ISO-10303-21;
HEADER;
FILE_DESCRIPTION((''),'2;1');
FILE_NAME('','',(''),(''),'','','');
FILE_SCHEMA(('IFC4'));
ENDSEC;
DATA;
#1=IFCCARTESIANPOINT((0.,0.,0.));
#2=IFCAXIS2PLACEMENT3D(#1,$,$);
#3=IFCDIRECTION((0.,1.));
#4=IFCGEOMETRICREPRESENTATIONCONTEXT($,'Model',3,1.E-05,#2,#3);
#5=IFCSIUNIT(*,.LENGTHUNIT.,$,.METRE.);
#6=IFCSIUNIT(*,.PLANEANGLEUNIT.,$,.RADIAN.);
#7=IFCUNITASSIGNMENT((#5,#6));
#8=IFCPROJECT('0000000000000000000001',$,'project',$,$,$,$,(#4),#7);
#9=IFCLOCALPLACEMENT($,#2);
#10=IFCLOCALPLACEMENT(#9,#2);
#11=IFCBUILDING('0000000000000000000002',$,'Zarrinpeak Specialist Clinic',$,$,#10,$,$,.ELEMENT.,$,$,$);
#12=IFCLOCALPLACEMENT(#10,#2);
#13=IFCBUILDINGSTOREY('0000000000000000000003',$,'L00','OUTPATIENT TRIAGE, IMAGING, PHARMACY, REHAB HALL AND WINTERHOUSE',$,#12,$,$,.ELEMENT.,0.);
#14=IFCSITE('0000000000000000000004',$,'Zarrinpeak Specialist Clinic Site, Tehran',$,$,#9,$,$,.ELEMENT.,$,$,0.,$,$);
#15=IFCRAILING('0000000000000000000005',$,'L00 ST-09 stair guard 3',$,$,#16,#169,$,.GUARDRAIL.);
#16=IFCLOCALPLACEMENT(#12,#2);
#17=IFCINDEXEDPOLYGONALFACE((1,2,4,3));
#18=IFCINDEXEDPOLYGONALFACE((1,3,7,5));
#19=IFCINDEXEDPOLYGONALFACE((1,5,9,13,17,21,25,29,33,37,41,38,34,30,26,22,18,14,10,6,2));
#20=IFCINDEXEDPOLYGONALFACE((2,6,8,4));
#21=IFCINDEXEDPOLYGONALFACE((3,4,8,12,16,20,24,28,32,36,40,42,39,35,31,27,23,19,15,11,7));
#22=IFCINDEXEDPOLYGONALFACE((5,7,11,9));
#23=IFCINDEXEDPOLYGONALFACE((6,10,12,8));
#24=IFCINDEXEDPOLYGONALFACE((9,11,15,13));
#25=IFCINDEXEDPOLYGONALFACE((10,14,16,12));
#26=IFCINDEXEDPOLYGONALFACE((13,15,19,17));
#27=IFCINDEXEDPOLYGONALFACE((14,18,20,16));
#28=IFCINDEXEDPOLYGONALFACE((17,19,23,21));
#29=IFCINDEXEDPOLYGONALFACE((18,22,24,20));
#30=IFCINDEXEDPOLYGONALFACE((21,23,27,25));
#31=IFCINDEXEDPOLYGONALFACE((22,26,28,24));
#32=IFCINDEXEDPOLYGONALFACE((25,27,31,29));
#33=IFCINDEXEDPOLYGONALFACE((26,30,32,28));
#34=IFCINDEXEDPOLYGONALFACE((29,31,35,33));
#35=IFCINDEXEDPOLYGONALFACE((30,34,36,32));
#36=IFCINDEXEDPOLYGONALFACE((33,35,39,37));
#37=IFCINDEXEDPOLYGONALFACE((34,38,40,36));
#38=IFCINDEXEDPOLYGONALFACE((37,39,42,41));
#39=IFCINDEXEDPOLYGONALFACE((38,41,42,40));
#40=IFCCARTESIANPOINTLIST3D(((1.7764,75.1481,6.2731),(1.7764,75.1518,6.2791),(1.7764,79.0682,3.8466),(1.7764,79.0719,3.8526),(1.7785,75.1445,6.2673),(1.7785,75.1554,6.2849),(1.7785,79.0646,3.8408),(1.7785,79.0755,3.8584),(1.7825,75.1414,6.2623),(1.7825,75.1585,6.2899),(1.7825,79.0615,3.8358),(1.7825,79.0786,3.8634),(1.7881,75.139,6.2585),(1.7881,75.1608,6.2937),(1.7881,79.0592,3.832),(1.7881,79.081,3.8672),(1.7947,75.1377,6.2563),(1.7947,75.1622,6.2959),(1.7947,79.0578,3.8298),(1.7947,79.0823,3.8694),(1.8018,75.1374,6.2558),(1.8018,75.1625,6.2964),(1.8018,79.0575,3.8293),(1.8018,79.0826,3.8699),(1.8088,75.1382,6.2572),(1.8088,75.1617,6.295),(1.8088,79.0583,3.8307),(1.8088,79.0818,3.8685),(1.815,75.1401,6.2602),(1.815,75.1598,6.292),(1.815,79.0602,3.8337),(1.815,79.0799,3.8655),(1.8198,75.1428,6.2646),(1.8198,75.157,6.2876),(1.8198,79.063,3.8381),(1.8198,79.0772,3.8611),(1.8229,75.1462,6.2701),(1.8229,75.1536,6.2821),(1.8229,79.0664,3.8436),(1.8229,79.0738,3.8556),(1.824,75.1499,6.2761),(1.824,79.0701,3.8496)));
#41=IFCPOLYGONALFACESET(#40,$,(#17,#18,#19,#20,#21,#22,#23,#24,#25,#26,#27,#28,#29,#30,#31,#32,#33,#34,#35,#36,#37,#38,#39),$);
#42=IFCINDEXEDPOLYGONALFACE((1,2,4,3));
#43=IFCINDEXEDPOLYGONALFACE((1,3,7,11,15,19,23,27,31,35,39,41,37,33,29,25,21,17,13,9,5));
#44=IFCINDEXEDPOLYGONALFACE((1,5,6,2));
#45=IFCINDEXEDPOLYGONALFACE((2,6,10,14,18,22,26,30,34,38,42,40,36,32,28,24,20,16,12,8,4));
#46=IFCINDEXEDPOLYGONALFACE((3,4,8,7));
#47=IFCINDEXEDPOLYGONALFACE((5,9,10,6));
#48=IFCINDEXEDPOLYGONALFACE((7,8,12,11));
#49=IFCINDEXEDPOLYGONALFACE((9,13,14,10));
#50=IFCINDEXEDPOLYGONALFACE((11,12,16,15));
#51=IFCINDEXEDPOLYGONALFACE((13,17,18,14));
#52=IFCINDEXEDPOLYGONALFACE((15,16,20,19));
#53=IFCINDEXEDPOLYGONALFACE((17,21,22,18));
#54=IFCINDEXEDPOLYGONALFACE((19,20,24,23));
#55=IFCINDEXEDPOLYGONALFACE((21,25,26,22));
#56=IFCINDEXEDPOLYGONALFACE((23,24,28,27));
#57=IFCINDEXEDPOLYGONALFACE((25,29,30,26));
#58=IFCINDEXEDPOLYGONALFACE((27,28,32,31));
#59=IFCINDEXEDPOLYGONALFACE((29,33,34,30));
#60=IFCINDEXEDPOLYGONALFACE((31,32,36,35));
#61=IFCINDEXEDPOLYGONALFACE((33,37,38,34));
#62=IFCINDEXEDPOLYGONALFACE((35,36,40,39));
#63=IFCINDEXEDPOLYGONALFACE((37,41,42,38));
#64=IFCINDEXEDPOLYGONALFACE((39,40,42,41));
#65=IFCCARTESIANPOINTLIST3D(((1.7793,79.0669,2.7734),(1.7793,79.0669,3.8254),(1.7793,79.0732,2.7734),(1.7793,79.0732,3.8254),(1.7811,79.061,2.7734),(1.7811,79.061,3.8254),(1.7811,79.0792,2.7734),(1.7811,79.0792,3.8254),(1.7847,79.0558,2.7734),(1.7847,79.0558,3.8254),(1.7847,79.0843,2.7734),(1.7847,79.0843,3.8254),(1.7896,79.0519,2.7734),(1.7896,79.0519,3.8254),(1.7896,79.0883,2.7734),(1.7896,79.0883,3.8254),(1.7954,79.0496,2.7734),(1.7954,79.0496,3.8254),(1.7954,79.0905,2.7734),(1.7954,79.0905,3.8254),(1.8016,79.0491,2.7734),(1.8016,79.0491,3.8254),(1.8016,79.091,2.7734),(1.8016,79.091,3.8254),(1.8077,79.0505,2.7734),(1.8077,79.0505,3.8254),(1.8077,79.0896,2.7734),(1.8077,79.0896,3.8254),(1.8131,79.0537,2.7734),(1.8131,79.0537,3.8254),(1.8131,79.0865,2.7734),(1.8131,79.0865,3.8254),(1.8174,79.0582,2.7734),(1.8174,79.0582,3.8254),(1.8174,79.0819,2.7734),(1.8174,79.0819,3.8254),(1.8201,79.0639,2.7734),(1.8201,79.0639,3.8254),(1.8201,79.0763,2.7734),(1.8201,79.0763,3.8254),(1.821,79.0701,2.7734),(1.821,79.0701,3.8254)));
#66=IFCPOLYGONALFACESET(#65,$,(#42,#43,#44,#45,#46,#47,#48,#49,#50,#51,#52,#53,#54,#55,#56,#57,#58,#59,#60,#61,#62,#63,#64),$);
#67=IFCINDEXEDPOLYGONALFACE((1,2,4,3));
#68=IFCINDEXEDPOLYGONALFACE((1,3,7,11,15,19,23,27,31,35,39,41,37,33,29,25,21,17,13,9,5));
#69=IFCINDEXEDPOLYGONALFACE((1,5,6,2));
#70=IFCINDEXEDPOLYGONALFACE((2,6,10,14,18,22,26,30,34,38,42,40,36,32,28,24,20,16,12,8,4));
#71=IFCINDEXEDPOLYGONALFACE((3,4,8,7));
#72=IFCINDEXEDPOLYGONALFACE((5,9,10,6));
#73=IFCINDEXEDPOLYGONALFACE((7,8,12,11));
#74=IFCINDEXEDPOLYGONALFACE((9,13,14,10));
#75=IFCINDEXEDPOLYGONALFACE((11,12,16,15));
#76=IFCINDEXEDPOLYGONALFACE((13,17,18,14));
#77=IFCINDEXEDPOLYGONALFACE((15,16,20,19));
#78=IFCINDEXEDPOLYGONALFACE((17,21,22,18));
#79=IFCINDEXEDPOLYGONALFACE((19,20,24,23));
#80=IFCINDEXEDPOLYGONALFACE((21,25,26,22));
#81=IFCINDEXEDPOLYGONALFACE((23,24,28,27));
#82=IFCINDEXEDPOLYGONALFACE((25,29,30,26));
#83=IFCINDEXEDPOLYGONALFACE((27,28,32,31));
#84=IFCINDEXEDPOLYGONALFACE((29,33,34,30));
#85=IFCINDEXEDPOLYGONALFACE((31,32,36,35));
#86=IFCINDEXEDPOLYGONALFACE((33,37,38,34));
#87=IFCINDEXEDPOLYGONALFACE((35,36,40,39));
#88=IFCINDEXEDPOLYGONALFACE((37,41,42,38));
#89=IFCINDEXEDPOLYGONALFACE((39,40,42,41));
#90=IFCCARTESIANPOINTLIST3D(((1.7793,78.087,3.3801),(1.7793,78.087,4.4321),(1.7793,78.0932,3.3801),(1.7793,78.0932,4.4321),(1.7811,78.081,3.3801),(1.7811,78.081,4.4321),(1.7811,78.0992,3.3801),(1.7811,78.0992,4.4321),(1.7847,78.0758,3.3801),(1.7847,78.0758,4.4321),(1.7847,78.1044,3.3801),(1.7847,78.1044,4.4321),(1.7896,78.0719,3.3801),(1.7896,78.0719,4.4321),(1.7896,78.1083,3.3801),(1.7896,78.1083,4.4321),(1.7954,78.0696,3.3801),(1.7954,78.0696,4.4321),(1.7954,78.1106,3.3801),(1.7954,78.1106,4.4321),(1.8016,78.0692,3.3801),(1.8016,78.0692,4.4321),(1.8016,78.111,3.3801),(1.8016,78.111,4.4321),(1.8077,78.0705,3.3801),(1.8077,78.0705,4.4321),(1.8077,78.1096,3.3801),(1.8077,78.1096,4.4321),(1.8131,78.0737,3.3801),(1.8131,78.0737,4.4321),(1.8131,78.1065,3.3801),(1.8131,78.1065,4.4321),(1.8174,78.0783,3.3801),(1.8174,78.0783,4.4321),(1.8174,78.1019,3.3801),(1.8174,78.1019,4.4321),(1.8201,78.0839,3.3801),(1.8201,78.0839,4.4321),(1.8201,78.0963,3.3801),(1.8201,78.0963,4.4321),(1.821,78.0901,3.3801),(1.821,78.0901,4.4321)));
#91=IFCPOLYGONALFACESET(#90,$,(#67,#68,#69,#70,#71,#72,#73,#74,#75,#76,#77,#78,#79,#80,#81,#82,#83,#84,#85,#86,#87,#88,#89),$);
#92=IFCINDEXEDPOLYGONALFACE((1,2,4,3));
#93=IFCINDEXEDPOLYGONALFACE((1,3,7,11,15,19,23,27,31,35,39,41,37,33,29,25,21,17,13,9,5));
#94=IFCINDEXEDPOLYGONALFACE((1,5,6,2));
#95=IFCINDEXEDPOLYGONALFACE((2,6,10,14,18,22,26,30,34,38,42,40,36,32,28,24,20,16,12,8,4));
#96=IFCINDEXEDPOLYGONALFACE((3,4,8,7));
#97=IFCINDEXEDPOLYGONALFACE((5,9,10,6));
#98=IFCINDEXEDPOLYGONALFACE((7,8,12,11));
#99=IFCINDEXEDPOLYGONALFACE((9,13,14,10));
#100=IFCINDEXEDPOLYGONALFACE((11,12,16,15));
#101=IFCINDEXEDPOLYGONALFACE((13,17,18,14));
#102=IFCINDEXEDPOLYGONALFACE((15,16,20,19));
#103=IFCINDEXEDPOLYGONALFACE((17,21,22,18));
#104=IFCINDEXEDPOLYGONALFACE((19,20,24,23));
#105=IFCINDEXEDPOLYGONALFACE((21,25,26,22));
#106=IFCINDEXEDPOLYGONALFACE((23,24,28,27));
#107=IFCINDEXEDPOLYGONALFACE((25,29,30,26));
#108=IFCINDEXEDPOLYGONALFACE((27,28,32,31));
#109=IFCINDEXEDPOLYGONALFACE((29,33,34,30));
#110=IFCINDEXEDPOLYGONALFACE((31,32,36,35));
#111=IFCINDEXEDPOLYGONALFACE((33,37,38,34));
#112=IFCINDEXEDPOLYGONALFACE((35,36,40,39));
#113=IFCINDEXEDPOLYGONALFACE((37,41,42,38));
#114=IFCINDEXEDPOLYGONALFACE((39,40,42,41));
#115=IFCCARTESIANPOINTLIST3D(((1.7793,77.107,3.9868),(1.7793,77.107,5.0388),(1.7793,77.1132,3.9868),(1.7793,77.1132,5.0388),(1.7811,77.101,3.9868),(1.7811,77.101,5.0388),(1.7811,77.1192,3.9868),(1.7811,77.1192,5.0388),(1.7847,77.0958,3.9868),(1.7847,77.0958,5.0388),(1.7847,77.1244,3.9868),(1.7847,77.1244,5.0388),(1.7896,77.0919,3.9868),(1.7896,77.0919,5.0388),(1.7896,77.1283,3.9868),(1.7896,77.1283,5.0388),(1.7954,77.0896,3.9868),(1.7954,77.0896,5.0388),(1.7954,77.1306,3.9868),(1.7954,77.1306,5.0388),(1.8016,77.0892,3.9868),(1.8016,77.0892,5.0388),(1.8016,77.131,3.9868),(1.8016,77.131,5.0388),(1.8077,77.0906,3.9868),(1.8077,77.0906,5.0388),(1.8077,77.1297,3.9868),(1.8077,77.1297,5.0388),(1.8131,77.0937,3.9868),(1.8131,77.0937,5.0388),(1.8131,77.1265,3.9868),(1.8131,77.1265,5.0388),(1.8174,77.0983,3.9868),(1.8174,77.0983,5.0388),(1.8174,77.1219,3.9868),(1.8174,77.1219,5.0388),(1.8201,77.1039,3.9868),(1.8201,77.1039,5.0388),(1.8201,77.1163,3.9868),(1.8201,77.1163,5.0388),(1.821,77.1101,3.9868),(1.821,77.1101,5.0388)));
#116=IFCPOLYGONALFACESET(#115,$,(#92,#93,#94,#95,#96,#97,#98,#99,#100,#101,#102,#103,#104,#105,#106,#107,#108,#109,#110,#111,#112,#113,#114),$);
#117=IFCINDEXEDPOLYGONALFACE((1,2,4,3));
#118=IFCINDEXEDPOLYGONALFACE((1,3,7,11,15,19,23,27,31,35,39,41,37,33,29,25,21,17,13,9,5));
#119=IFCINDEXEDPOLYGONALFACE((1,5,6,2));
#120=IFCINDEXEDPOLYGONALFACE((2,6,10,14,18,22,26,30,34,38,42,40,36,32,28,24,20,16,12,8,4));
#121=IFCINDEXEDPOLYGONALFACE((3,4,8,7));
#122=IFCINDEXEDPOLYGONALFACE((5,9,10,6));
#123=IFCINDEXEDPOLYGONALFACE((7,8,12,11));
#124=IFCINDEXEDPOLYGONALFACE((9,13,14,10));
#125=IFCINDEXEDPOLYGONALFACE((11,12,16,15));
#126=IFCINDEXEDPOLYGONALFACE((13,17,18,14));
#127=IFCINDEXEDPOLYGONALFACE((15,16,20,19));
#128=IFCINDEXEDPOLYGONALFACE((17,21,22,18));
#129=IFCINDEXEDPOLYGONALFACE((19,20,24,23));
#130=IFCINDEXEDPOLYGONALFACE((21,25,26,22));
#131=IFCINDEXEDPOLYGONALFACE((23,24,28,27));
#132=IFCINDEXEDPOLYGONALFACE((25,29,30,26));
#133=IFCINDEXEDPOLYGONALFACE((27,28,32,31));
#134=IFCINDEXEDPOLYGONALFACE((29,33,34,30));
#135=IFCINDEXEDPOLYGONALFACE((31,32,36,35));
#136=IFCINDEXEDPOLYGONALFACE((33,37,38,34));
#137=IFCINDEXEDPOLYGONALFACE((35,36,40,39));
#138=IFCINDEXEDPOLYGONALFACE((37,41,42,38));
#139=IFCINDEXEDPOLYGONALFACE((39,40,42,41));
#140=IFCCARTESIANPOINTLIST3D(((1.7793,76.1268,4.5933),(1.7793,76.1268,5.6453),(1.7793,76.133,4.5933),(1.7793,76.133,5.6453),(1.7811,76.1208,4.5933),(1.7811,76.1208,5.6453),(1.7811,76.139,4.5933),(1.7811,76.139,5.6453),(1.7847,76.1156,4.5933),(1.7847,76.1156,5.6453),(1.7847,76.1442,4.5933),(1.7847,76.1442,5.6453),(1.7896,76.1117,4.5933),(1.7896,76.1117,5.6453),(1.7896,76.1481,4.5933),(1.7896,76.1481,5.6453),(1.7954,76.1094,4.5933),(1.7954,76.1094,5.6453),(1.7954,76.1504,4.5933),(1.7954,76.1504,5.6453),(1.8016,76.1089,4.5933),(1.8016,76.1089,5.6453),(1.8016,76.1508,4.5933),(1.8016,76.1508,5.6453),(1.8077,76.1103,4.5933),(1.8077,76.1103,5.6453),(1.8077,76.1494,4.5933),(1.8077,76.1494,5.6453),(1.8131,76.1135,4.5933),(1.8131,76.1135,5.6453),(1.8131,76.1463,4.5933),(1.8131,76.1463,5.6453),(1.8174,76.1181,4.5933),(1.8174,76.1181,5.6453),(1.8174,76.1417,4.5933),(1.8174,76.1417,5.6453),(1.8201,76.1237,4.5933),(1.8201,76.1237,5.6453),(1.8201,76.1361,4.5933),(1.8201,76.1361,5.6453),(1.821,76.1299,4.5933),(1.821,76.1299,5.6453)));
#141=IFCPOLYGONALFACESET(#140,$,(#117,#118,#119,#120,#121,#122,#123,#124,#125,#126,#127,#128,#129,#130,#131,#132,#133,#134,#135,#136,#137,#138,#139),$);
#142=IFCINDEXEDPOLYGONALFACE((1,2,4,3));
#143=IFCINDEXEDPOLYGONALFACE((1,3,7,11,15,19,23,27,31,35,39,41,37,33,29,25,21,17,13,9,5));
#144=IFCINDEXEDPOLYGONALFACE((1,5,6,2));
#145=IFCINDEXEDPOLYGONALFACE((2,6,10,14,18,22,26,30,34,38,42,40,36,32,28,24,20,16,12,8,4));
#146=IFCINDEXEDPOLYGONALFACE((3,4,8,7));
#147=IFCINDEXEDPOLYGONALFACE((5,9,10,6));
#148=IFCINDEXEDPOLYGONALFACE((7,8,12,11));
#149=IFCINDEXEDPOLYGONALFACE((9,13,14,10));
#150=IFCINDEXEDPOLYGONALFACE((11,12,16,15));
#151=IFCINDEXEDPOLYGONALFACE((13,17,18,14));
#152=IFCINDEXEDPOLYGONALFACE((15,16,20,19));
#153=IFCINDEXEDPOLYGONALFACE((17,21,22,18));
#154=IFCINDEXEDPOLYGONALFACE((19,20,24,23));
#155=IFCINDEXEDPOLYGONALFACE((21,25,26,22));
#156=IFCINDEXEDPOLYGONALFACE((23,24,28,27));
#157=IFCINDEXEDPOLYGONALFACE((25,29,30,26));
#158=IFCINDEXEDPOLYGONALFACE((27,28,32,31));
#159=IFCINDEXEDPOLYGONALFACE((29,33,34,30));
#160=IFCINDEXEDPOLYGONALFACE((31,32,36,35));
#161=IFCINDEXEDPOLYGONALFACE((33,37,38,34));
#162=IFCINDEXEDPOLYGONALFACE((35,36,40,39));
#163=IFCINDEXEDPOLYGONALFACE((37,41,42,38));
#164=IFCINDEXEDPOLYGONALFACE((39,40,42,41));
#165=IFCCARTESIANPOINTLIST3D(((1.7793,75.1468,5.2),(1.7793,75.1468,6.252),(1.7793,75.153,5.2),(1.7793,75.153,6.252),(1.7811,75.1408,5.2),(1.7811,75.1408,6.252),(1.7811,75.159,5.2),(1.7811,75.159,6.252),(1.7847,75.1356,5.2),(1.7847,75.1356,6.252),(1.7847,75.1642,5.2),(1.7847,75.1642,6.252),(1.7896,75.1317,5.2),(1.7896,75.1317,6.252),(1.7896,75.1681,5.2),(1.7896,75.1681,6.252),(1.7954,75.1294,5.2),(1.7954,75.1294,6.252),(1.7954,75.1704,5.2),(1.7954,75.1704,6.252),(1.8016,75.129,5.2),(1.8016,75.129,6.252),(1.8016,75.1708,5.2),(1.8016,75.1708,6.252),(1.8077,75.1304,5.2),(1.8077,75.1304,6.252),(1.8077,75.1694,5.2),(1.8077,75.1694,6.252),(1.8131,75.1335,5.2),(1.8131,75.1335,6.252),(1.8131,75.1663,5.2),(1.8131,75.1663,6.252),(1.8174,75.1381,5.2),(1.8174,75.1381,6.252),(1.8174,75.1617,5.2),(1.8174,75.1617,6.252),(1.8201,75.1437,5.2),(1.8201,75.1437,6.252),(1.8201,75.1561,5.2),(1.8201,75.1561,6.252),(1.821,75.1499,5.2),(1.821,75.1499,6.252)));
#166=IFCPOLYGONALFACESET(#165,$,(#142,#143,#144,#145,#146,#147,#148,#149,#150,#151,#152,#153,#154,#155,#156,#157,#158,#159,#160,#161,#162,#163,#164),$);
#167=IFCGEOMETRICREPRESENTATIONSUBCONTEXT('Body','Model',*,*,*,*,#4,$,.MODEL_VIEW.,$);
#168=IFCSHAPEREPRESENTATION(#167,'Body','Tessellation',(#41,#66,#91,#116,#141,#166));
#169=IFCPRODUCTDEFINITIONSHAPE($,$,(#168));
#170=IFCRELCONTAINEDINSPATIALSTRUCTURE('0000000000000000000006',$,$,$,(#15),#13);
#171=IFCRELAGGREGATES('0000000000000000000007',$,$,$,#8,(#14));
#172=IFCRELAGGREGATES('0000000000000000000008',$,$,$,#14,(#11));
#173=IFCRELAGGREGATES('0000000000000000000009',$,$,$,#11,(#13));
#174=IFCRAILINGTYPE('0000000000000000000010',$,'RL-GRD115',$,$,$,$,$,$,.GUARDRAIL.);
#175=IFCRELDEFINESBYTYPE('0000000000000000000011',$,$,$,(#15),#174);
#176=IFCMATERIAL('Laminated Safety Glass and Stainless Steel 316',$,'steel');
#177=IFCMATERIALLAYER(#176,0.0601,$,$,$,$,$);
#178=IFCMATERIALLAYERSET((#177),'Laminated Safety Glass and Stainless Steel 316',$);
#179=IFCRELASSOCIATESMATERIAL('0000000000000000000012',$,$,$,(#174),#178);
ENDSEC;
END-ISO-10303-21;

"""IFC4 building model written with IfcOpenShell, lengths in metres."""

from ifc_helpers import new_model, si_unit, direction, frame, origin, origin_2d, place, context, subcontext, project, spatial, circle, extrude, material, layer, layer_set, type_object, element, save


model = new_model("IFC4")

# Units and contexts
model_context = context("Model", 3, precision=1e-05, world=origin(), true_north=direction((0.0, 1.0)))
body_context = subcontext(model_context, "Body", "Model", "MODEL_VIEW")
ifc_project = project(units=[si_unit("LENGTHUNIT", "METRE"), si_unit("PLANEANGLEUNIT", "RADIAN")], contexts=[model_context])

# Site, building, storey
site_placement = place(None, origin())
site = spatial("IfcSite", under=ifc_project, at=site_placement, Name="Zarrinpeak Specialist Clinic Site, Tehran", CompositionType="ELEMENT", RefElevation=0.0)
building_placement = place(site_placement, origin())
building = spatial("IfcBuilding", under=site, at=building_placement, Name="Zarrinpeak Specialist Clinic", CompositionType="ELEMENT")
storey_placement = place(building_placement, origin())
storey = spatial("IfcBuildingStorey", under=building, at=storey_placement, Name="L00", Description="OUTPATIENT TRIAGE, IMAGING, PHARMACY, REHAB HALL AND WINTERHOUSE", CompositionType="ELEMENT", Elevation=0.0)

# Railing
ifc_material_1 = material(Name="Laminated Safety Glass and Stainless Steel 316", Category="steel")
ifc_layer_1 = layer(ifc_material_1, 0.0601)
ifc_layer_set_1 = layer_set([ifc_layer_1], Name="Laminated Safety Glass and Stainless Steel 316")
railing_type_1 = type_object("IfcRailingType", Name="RL-GRD115", PredefinedType="GUARDRAIL", material=ifc_layer_set_1)
railing_1_placement = place(storey_placement, frame((1.8, 79.0701, 2.7734)))
element("IfcRailing", 1, at=railing_1_placement, inside=storey, type_object=railing_type_1, Name="L00 ST-09 stair guard 3", PredefinedType="GUARDRAIL", context=body_context, shape_type="SweptSolid", body=[
    extrude(circle(Radius=0.0239, at=origin_2d()), frame((0.0, 0.0, 1.0762), z_axis=(0.0, -0.85029, 0.526315), x_axis=(1.0, 0.0, 0.0)), (0.0, 0.0, 1.0), 4.6104),
    extrude(circle(Radius=0.021, at=origin_2d()), origin(), (0.0, 0.0, 1.0), 1.052),
    extrude(circle(Radius=0.021, at=origin_2d()), frame((0.0, -0.98, 0.6067)), (0.0, 0.0, 1.0), 1.052),
    extrude(circle(Radius=0.021, at=origin_2d()), frame((0.0, -1.96, 1.2134)), (0.0, 0.0, 1.0), 1.052),
    extrude(circle(Radius=0.021, at=origin_2d()), frame((0.0, -2.9402, 1.8198)), (0.0, 0.0, 1.0), 1.052),
    extrude(circle(Radius=0.021, at=origin_2d()), frame((0.0, -3.9202, 2.4265)), (0.0, 0.0, 1.0), 1.052),
])

save(model, "model.ifc")
